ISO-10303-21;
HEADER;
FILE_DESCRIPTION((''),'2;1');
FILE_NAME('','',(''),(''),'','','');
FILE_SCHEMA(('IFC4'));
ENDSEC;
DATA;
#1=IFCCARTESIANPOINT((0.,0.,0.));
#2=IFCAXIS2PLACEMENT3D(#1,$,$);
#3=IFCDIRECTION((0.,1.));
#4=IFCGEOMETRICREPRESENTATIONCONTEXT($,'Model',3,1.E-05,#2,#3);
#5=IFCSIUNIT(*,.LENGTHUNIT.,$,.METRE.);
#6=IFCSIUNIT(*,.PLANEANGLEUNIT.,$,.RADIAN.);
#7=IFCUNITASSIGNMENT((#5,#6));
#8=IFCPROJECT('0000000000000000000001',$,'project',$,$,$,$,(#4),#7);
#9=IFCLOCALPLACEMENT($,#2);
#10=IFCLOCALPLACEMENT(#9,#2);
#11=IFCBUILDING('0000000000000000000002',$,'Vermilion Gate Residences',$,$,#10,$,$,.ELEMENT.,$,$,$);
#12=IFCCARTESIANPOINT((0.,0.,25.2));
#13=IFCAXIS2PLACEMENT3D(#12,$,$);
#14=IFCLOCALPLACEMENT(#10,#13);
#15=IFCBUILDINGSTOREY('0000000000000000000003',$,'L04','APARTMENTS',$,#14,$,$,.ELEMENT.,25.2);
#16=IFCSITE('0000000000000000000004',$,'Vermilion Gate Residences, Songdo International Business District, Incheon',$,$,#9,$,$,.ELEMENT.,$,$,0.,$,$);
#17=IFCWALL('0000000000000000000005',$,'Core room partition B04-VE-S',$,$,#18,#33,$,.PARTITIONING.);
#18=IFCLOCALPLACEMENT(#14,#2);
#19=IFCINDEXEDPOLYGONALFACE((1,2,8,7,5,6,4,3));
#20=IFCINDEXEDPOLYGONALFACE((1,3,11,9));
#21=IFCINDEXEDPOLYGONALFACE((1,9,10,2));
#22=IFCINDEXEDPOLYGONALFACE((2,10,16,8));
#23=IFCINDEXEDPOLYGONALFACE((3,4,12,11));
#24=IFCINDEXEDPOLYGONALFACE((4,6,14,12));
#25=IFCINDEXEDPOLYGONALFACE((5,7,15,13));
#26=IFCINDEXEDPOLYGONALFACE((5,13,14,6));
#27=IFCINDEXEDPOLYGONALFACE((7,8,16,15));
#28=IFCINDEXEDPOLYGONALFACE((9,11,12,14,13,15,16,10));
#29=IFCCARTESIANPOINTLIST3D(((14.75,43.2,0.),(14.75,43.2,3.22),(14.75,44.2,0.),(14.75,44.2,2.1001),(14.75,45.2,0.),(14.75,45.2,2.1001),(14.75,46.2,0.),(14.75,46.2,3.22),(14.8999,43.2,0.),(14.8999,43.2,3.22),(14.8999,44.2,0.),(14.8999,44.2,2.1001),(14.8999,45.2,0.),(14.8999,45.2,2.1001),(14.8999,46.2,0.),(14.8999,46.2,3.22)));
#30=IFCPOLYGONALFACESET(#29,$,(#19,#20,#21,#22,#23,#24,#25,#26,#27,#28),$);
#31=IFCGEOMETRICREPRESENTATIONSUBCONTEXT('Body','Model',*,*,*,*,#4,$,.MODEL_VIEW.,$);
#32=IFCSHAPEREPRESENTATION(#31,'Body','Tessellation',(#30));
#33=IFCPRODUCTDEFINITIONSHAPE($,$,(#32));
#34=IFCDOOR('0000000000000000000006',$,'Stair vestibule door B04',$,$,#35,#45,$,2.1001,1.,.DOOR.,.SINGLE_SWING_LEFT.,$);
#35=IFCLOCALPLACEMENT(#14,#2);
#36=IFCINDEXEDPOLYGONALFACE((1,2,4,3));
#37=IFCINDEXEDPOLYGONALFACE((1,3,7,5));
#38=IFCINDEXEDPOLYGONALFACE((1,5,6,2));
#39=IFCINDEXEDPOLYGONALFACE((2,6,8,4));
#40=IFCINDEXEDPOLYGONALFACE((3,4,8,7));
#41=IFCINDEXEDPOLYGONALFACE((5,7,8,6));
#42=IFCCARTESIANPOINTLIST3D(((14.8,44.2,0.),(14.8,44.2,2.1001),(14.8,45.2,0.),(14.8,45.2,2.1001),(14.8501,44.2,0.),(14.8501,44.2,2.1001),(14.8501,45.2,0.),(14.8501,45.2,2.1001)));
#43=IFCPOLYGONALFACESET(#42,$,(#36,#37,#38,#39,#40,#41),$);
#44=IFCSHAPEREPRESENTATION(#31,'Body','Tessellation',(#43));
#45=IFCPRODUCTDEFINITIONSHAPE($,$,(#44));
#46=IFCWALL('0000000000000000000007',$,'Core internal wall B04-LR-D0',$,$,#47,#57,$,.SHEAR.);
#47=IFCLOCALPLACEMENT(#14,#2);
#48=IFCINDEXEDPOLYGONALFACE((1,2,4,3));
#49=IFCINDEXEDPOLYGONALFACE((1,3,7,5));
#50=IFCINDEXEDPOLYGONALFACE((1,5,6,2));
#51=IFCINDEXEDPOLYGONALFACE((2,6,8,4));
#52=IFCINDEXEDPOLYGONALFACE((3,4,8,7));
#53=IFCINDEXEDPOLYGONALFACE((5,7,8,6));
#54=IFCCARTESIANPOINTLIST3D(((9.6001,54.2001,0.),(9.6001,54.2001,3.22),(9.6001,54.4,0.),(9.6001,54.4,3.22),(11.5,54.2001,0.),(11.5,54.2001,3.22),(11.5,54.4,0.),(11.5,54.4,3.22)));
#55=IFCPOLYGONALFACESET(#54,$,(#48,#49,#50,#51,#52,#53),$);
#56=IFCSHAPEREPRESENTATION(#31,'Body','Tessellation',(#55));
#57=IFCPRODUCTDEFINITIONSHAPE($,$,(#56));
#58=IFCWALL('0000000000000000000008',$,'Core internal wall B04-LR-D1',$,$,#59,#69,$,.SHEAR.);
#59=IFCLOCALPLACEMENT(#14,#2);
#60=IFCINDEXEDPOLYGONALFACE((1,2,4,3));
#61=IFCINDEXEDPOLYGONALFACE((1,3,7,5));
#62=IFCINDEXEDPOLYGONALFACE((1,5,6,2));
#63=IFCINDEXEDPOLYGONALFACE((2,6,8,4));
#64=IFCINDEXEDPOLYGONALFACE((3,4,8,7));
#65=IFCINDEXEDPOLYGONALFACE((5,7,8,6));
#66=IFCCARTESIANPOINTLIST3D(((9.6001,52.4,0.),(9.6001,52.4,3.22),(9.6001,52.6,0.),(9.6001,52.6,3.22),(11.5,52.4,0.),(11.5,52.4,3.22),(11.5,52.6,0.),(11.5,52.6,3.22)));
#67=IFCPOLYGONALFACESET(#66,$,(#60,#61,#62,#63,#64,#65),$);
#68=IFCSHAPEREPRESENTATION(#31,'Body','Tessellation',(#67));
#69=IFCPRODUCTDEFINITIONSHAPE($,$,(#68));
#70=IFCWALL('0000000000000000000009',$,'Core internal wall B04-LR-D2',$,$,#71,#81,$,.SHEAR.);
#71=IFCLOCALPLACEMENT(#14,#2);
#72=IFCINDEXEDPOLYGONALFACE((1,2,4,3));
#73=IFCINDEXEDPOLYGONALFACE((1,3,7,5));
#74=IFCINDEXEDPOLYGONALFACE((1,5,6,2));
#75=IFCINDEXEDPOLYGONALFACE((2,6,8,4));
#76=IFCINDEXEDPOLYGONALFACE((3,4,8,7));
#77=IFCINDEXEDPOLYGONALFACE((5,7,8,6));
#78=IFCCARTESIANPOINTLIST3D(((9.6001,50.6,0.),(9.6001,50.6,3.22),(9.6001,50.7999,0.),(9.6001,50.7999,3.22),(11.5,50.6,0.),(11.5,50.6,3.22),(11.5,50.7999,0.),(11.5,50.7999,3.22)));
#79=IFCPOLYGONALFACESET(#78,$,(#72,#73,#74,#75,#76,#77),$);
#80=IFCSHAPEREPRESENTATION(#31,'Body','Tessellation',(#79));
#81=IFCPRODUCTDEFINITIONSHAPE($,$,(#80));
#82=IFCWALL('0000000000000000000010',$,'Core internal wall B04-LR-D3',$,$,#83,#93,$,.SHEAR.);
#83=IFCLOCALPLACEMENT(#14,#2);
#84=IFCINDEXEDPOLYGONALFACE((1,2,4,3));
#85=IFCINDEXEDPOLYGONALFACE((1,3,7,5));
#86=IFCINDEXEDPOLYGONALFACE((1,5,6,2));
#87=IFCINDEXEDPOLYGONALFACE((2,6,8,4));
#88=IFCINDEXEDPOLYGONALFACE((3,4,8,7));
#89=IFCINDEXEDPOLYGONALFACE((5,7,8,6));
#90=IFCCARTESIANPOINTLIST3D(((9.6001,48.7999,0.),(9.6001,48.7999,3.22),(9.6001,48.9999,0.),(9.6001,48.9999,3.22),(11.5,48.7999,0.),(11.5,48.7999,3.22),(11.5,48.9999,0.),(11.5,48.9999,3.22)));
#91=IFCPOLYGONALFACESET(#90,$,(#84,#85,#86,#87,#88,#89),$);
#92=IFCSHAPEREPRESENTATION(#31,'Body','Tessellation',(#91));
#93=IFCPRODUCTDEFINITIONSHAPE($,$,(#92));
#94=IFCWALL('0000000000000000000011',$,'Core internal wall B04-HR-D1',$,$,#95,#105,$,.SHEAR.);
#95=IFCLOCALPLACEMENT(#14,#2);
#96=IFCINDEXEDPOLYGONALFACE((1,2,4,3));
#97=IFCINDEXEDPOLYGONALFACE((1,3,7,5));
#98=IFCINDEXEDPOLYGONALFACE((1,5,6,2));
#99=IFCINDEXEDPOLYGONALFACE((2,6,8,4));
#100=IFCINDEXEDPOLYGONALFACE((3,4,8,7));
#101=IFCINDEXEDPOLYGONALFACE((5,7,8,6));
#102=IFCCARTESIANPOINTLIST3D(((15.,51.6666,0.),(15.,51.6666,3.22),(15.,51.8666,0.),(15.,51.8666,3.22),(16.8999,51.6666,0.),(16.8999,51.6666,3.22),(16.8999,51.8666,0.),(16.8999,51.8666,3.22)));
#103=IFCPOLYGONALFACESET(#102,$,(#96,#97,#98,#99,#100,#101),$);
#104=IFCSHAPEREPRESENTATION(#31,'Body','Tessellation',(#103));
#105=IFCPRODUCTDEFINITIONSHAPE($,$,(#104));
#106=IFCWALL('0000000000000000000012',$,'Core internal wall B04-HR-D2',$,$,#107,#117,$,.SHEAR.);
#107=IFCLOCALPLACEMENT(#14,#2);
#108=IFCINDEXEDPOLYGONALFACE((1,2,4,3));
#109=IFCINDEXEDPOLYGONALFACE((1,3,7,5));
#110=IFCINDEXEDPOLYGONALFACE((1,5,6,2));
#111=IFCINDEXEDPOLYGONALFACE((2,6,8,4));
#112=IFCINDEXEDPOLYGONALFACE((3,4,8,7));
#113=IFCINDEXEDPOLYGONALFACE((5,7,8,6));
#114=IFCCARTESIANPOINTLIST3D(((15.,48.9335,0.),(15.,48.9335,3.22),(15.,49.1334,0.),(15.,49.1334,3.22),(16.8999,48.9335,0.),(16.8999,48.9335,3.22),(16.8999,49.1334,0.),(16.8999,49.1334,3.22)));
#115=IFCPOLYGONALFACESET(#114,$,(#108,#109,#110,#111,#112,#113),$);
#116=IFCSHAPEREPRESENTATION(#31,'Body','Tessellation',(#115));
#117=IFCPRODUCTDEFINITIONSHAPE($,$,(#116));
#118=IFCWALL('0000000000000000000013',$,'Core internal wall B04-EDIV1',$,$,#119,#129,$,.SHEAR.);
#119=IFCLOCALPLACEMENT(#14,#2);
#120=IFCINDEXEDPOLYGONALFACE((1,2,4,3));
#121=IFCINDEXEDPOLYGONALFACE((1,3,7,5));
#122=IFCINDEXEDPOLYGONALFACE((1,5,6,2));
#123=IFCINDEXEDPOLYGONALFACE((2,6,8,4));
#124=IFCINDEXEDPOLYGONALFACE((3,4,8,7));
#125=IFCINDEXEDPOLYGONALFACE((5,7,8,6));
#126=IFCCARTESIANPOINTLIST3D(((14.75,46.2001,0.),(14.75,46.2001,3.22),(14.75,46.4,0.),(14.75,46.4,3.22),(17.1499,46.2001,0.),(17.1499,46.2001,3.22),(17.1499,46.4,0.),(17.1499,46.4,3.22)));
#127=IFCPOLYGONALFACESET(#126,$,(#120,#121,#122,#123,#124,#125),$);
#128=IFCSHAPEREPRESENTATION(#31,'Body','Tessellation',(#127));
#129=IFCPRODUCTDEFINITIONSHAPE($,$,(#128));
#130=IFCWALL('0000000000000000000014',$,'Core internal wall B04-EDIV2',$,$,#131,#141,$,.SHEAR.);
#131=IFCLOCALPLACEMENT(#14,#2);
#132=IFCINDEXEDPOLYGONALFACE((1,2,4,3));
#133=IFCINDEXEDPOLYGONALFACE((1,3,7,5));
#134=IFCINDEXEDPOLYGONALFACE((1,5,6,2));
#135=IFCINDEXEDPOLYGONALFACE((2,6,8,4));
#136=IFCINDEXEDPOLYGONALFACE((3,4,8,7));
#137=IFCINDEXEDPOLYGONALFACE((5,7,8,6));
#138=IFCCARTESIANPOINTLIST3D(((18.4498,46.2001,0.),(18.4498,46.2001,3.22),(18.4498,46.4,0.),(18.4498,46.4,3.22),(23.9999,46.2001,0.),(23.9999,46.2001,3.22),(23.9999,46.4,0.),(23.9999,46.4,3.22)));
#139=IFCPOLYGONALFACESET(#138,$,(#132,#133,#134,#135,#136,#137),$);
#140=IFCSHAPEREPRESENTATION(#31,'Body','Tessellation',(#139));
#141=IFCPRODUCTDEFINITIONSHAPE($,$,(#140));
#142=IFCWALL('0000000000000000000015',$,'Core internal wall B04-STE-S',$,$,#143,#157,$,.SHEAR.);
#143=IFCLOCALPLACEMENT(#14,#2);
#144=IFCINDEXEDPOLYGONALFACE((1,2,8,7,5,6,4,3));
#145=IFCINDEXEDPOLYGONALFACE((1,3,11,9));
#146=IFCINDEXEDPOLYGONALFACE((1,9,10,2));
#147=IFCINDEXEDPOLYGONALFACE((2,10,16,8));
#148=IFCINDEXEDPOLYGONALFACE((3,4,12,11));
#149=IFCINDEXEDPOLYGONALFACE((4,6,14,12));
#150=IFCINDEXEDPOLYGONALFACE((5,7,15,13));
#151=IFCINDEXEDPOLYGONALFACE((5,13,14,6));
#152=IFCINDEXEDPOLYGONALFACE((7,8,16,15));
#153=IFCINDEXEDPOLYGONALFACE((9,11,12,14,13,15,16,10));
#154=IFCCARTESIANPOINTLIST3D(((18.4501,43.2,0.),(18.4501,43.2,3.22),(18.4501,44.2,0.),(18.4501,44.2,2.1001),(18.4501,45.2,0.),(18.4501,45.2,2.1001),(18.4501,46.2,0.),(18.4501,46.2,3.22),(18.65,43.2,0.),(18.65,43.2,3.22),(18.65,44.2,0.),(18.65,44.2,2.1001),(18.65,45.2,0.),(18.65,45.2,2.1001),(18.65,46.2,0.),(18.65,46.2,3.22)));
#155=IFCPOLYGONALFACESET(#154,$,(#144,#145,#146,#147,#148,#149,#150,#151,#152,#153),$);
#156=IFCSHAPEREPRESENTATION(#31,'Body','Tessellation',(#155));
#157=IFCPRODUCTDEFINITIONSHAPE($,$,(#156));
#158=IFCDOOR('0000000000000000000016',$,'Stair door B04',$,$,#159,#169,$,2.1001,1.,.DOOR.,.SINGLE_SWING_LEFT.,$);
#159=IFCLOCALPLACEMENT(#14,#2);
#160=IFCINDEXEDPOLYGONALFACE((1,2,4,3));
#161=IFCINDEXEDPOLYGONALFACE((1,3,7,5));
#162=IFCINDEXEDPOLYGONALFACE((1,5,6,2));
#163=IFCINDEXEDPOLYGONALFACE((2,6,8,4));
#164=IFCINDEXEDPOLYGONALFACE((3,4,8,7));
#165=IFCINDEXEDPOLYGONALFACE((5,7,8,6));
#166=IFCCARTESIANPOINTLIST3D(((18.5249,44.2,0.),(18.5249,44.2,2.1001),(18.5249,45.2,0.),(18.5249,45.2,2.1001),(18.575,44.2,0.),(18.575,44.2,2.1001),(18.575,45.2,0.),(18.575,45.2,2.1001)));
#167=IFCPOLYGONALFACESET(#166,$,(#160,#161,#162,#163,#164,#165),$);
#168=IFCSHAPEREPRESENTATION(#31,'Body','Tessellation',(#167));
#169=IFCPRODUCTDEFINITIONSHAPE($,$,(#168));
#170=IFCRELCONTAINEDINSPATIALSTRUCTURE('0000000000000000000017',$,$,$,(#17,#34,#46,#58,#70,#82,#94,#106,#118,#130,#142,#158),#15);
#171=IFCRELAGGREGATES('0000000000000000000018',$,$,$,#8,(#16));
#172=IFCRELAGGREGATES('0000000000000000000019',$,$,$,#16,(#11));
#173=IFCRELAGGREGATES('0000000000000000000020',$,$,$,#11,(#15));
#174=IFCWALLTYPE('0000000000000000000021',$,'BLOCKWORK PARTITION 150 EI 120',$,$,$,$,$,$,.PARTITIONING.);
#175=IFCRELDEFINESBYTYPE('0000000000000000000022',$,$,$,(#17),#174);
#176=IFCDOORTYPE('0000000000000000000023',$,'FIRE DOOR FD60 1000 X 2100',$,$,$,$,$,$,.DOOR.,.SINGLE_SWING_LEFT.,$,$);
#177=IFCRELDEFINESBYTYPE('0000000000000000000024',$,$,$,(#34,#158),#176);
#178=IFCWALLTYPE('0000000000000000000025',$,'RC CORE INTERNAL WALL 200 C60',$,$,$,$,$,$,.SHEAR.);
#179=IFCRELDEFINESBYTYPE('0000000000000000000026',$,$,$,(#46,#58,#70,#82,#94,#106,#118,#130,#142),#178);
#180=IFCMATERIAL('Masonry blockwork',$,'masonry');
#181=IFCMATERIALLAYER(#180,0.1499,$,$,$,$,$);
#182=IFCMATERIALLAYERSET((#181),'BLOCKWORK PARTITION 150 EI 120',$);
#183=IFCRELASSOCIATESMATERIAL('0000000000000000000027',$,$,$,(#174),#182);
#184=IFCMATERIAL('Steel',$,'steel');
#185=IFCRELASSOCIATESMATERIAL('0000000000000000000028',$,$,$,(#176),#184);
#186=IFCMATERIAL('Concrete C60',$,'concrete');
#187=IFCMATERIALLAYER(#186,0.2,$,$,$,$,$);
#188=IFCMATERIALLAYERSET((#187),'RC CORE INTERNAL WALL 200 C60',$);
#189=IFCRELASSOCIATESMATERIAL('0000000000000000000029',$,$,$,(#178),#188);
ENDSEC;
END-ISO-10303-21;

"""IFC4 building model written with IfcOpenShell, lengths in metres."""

from ifc_helpers import new_model, si_unit, direction, frame, frame_2d, origin, place, context, subcontext, project, spatial, rectangle, extrude, material, layer, layer_set, type_object, element, fill, save


model = new_model("IFC4")

# Units and contexts
model_context = context("Model", 3, precision=1e-05, world=origin(), true_north=direction((0.0, 1.0)))
body_context = subcontext(model_context, "Body", "Model", "MODEL_VIEW")
ifc_project = project(units=[si_unit("LENGTHUNIT", "METRE"), si_unit("PLANEANGLEUNIT", "RADIAN")], contexts=[model_context])

# Site, building, storey
site_placement = place(None, origin())
site = spatial("IfcSite", under=ifc_project, at=site_placement, Name="Vermilion Gate Residences, Songdo International Business District, Incheon", CompositionType="ELEMENT", RefElevation=0.0)
building_placement = place(site_placement, origin())
building = spatial("IfcBuilding", under=site, at=building_placement, Name="Vermilion Gate Residences", CompositionType="ELEMENT")
storey_placement = place(building_placement, frame((0.0, 0.0, 25.2)))
storey = spatial("IfcBuildingStorey", under=building, at=storey_placement, Name="L04", Description="APARTMENTS", CompositionType="ELEMENT", Elevation=25.2)

# Wall, opening, door
ifc_material_1 = material(Name="Masonry blockwork", Category="masonry")
ifc_layer_1 = layer(ifc_material_1, 0.1499)
ifc_layer_set_1 = layer_set([ifc_layer_1], Name="BLOCKWORK PARTITION 150 EI 120")
wall_type_1 = type_object("IfcWallType", Name="BLOCKWORK PARTITION 150 EI 120", PredefinedType="PARTITIONING", material=ifc_layer_set_1)
wall_1_placement = place(storey_placement, frame((14.825, 46.2, 0.0), z_axis=(0.0, 0.0, 1.0), x_axis=(0.0, -1.0, 0.0)))
wall_1 = element("IfcWall", 1, at=wall_1_placement, inside=storey, type_object=wall_type_1, Name="Core room partition B04-VE-S", PredefinedType="PARTITIONING", context=body_context, shape_type="SweptSolid", body=[
    extrude(rectangle(XDim=3.0, YDim=0.1499, at=frame_2d((1.5, 0.0))), origin(), (0.0, 0.0, 1.0), 3.22),
])
opening_1_placement = place(wall_1_placement, frame((1.0, 0.0, 0.0)))
opening_1 = element("IfcOpeningElement", 2, at=opening_1_placement, cuts=wall_1, PredefinedType="OPENING", context=body_context, shape_type="SweptSolid", body=[
    extrude(rectangle(XDim=1.0, YDim=2.1001, at=frame_2d((0.5, 1.05))), frame((0.0, 0.085, 0.0), z_axis=(0.0, -1.0, 0.0), x_axis=(1.0, 0.0, 0.0)), (0.0, 0.0, 1.0), 0.1699),
])
ifc_material_2 = material(Name="Steel", Category="steel")
door_type = type_object("IfcDoorType", Name="FIRE DOOR FD60 1000 X 2100", OperationType="SINGLE_SWING_LEFT", PredefinedType="DOOR", material=ifc_material_2)
door_1_placement = place(opening_1_placement, frame((1.0, 0.0, 0.0), z_axis=(0.0, 0.0, 1.0), x_axis=(-1.0, 0.0, 0.0)))
door_1 = element("IfcDoor", 3, at=door_1_placement, inside=storey, type_object=door_type, Name="Stair vestibule door B04", OperationType="SINGLE_SWING_LEFT", OverallHeight=2.1001, OverallWidth=1.0, PredefinedType="DOOR", context=body_context, shape_type="SweptSolid", body=[
    extrude(rectangle(XDim=1.0, YDim=2.1001, at=frame_2d((0.5, 1.05))), frame((0.0, 0.0249, 0.0), z_axis=(0.0, -1.0, 0.0), x_axis=(1.0, 0.0, 0.0)), (0.0, 0.0, 1.0), 0.05),
])
fill(opening_1, door_1)

# Walls
ifc_material_3 = material(Name="Concrete C60", Category="concrete")
ifc_layer_2 = layer(ifc_material_3, 0.2)
ifc_layer_set_2 = layer_set([ifc_layer_2], Name="RC CORE INTERNAL WALL 200 C60")
wall_type_2 = type_object("IfcWallType", Name="RC CORE INTERNAL WALL 200 C60", PredefinedType="SHEAR", material=ifc_layer_set_2)
for number, where, z_axis, x_axis, name in (
    (4, (9.6001, 54.3, 0.0), (0.0, 0.0, 1.0), (1.0, 0.0, 0.0), "Core internal wall B04-LR-D0"),
    (5, (9.6001, 52.5, 0.0), (0.0, 0.0, 1.0), (1.0, 0.0, 0.0), "Core internal wall B04-LR-D1"),
    (6, (9.6001, 50.7, 0.0), (0.0, 0.0, 1.0), (1.0, 0.0, 0.0), "Core internal wall B04-LR-D2"),
    (7, (9.6001, 48.8999, 0.0), (0.0, 0.0, 1.0), (1.0, 0.0, 0.0), "Core internal wall B04-LR-D3"),
    (8, (15.0, 51.7666, 0.0), (0.0, 0.0, 1.0), (1.0, 0.0, 0.0), "Core internal wall B04-HR-D1"),
    (9, (15.0, 49.0334, 0.0), (0.0, 0.0, 1.0), (1.0, 0.0, 0.0), "Core internal wall B04-HR-D2"),
):
    element("IfcWall", number, at=place(storey_placement, frame(where, z_axis=z_axis, x_axis=x_axis)), inside=storey, type_object=wall_type_2, Name=name, PredefinedType="SHEAR", context=body_context, shape_type="SweptSolid", body=[
        extrude(rectangle(XDim=1.8999, YDim=0.2, at=frame_2d((0.95, 0.0))), origin(), (0.0, 0.0, 1.0), 3.22),
    ])
wall_2_placement = place(storey_placement, frame((14.75, 46.3, 0.0), z_axis=(0.0, 0.0, 1.0), x_axis=(1.0, 0.0, 0.0)))
element("IfcWall", 10, at=wall_2_placement, inside=storey, type_object=wall_type_2, Name="Core internal wall B04-EDIV1", PredefinedType="SHEAR", context=body_context, shape_type="SweptSolid", body=[
    extrude(rectangle(XDim=2.3999, YDim=0.2, at=frame_2d((1.2, 0.0))), origin(), (0.0, 0.0, 1.0), 3.22),
])
wall_3_placement = place(storey_placement, frame((18.45, 46.3, 0.0), z_axis=(0.0, 0.0, 1.0), x_axis=(1.0, 0.0, 0.0)))
element("IfcWall", 11, at=wall_3_placement, inside=storey, type_object=wall_type_2, Name="Core internal wall B04-EDIV2", PredefinedType="SHEAR", context=body_context, shape_type="SweptSolid", body=[
    extrude(rectangle(XDim=5.55, YDim=0.2, at=frame_2d((2.7749, 0.0))), origin(), (0.0, 0.0, 1.0), 3.22),
])

# Wall, opening, door
wall_4_placement = place(storey_placement, frame((18.55, 46.2, 0.0), z_axis=(0.0, 0.0, 1.0), x_axis=(0.0, -1.0, 0.0)))
wall_4 = element("IfcWall", 12, at=wall_4_placement, inside=storey, type_object=wall_type_2, Name="Core internal wall B04-STE-S", PredefinedType="SHEAR", context=body_context, shape_type="SweptSolid", body=[
    extrude(rectangle(XDim=3.0, YDim=0.2, at=frame_2d((1.5, 0.0))), origin(), (0.0, 0.0, 1.0), 3.22),
])
opening_2_placement = place(wall_4_placement, frame((1.0, 0.0, 0.0)))
opening_2 = element("IfcOpeningElement", 13, at=opening_2_placement, cuts=wall_4, PredefinedType="OPENING", context=body_context, shape_type="SweptSolid", body=[
    extrude(rectangle(XDim=1.0, YDim=2.1001, at=frame_2d((0.5, 1.05))), frame((0.0, 0.1099, 0.0), z_axis=(0.0, -1.0, 0.0), x_axis=(1.0, 0.0, 0.0)), (0.0, 0.0, 1.0), 0.22),
])
door_2_placement = place(opening_2_placement, origin())
door_2 = element("IfcDoor", 14, at=door_2_placement, inside=storey, type_object=door_type, Name="Stair door B04", OperationType="SINGLE_SWING_LEFT", OverallHeight=2.1001, OverallWidth=1.0, PredefinedType="DOOR", context=body_context, shape_type="SweptSolid", body=[
    extrude(rectangle(XDim=1.0, YDim=2.1001, at=frame_2d((0.5, 1.05))), frame((0.0, 0.0249, 0.0), z_axis=(0.0, -1.0, 0.0), x_axis=(1.0, 0.0, 0.0)), (0.0, 0.0, 1.0), 0.05),
])
fill(opening_2, door_2)

save(model, "model.ifc")
